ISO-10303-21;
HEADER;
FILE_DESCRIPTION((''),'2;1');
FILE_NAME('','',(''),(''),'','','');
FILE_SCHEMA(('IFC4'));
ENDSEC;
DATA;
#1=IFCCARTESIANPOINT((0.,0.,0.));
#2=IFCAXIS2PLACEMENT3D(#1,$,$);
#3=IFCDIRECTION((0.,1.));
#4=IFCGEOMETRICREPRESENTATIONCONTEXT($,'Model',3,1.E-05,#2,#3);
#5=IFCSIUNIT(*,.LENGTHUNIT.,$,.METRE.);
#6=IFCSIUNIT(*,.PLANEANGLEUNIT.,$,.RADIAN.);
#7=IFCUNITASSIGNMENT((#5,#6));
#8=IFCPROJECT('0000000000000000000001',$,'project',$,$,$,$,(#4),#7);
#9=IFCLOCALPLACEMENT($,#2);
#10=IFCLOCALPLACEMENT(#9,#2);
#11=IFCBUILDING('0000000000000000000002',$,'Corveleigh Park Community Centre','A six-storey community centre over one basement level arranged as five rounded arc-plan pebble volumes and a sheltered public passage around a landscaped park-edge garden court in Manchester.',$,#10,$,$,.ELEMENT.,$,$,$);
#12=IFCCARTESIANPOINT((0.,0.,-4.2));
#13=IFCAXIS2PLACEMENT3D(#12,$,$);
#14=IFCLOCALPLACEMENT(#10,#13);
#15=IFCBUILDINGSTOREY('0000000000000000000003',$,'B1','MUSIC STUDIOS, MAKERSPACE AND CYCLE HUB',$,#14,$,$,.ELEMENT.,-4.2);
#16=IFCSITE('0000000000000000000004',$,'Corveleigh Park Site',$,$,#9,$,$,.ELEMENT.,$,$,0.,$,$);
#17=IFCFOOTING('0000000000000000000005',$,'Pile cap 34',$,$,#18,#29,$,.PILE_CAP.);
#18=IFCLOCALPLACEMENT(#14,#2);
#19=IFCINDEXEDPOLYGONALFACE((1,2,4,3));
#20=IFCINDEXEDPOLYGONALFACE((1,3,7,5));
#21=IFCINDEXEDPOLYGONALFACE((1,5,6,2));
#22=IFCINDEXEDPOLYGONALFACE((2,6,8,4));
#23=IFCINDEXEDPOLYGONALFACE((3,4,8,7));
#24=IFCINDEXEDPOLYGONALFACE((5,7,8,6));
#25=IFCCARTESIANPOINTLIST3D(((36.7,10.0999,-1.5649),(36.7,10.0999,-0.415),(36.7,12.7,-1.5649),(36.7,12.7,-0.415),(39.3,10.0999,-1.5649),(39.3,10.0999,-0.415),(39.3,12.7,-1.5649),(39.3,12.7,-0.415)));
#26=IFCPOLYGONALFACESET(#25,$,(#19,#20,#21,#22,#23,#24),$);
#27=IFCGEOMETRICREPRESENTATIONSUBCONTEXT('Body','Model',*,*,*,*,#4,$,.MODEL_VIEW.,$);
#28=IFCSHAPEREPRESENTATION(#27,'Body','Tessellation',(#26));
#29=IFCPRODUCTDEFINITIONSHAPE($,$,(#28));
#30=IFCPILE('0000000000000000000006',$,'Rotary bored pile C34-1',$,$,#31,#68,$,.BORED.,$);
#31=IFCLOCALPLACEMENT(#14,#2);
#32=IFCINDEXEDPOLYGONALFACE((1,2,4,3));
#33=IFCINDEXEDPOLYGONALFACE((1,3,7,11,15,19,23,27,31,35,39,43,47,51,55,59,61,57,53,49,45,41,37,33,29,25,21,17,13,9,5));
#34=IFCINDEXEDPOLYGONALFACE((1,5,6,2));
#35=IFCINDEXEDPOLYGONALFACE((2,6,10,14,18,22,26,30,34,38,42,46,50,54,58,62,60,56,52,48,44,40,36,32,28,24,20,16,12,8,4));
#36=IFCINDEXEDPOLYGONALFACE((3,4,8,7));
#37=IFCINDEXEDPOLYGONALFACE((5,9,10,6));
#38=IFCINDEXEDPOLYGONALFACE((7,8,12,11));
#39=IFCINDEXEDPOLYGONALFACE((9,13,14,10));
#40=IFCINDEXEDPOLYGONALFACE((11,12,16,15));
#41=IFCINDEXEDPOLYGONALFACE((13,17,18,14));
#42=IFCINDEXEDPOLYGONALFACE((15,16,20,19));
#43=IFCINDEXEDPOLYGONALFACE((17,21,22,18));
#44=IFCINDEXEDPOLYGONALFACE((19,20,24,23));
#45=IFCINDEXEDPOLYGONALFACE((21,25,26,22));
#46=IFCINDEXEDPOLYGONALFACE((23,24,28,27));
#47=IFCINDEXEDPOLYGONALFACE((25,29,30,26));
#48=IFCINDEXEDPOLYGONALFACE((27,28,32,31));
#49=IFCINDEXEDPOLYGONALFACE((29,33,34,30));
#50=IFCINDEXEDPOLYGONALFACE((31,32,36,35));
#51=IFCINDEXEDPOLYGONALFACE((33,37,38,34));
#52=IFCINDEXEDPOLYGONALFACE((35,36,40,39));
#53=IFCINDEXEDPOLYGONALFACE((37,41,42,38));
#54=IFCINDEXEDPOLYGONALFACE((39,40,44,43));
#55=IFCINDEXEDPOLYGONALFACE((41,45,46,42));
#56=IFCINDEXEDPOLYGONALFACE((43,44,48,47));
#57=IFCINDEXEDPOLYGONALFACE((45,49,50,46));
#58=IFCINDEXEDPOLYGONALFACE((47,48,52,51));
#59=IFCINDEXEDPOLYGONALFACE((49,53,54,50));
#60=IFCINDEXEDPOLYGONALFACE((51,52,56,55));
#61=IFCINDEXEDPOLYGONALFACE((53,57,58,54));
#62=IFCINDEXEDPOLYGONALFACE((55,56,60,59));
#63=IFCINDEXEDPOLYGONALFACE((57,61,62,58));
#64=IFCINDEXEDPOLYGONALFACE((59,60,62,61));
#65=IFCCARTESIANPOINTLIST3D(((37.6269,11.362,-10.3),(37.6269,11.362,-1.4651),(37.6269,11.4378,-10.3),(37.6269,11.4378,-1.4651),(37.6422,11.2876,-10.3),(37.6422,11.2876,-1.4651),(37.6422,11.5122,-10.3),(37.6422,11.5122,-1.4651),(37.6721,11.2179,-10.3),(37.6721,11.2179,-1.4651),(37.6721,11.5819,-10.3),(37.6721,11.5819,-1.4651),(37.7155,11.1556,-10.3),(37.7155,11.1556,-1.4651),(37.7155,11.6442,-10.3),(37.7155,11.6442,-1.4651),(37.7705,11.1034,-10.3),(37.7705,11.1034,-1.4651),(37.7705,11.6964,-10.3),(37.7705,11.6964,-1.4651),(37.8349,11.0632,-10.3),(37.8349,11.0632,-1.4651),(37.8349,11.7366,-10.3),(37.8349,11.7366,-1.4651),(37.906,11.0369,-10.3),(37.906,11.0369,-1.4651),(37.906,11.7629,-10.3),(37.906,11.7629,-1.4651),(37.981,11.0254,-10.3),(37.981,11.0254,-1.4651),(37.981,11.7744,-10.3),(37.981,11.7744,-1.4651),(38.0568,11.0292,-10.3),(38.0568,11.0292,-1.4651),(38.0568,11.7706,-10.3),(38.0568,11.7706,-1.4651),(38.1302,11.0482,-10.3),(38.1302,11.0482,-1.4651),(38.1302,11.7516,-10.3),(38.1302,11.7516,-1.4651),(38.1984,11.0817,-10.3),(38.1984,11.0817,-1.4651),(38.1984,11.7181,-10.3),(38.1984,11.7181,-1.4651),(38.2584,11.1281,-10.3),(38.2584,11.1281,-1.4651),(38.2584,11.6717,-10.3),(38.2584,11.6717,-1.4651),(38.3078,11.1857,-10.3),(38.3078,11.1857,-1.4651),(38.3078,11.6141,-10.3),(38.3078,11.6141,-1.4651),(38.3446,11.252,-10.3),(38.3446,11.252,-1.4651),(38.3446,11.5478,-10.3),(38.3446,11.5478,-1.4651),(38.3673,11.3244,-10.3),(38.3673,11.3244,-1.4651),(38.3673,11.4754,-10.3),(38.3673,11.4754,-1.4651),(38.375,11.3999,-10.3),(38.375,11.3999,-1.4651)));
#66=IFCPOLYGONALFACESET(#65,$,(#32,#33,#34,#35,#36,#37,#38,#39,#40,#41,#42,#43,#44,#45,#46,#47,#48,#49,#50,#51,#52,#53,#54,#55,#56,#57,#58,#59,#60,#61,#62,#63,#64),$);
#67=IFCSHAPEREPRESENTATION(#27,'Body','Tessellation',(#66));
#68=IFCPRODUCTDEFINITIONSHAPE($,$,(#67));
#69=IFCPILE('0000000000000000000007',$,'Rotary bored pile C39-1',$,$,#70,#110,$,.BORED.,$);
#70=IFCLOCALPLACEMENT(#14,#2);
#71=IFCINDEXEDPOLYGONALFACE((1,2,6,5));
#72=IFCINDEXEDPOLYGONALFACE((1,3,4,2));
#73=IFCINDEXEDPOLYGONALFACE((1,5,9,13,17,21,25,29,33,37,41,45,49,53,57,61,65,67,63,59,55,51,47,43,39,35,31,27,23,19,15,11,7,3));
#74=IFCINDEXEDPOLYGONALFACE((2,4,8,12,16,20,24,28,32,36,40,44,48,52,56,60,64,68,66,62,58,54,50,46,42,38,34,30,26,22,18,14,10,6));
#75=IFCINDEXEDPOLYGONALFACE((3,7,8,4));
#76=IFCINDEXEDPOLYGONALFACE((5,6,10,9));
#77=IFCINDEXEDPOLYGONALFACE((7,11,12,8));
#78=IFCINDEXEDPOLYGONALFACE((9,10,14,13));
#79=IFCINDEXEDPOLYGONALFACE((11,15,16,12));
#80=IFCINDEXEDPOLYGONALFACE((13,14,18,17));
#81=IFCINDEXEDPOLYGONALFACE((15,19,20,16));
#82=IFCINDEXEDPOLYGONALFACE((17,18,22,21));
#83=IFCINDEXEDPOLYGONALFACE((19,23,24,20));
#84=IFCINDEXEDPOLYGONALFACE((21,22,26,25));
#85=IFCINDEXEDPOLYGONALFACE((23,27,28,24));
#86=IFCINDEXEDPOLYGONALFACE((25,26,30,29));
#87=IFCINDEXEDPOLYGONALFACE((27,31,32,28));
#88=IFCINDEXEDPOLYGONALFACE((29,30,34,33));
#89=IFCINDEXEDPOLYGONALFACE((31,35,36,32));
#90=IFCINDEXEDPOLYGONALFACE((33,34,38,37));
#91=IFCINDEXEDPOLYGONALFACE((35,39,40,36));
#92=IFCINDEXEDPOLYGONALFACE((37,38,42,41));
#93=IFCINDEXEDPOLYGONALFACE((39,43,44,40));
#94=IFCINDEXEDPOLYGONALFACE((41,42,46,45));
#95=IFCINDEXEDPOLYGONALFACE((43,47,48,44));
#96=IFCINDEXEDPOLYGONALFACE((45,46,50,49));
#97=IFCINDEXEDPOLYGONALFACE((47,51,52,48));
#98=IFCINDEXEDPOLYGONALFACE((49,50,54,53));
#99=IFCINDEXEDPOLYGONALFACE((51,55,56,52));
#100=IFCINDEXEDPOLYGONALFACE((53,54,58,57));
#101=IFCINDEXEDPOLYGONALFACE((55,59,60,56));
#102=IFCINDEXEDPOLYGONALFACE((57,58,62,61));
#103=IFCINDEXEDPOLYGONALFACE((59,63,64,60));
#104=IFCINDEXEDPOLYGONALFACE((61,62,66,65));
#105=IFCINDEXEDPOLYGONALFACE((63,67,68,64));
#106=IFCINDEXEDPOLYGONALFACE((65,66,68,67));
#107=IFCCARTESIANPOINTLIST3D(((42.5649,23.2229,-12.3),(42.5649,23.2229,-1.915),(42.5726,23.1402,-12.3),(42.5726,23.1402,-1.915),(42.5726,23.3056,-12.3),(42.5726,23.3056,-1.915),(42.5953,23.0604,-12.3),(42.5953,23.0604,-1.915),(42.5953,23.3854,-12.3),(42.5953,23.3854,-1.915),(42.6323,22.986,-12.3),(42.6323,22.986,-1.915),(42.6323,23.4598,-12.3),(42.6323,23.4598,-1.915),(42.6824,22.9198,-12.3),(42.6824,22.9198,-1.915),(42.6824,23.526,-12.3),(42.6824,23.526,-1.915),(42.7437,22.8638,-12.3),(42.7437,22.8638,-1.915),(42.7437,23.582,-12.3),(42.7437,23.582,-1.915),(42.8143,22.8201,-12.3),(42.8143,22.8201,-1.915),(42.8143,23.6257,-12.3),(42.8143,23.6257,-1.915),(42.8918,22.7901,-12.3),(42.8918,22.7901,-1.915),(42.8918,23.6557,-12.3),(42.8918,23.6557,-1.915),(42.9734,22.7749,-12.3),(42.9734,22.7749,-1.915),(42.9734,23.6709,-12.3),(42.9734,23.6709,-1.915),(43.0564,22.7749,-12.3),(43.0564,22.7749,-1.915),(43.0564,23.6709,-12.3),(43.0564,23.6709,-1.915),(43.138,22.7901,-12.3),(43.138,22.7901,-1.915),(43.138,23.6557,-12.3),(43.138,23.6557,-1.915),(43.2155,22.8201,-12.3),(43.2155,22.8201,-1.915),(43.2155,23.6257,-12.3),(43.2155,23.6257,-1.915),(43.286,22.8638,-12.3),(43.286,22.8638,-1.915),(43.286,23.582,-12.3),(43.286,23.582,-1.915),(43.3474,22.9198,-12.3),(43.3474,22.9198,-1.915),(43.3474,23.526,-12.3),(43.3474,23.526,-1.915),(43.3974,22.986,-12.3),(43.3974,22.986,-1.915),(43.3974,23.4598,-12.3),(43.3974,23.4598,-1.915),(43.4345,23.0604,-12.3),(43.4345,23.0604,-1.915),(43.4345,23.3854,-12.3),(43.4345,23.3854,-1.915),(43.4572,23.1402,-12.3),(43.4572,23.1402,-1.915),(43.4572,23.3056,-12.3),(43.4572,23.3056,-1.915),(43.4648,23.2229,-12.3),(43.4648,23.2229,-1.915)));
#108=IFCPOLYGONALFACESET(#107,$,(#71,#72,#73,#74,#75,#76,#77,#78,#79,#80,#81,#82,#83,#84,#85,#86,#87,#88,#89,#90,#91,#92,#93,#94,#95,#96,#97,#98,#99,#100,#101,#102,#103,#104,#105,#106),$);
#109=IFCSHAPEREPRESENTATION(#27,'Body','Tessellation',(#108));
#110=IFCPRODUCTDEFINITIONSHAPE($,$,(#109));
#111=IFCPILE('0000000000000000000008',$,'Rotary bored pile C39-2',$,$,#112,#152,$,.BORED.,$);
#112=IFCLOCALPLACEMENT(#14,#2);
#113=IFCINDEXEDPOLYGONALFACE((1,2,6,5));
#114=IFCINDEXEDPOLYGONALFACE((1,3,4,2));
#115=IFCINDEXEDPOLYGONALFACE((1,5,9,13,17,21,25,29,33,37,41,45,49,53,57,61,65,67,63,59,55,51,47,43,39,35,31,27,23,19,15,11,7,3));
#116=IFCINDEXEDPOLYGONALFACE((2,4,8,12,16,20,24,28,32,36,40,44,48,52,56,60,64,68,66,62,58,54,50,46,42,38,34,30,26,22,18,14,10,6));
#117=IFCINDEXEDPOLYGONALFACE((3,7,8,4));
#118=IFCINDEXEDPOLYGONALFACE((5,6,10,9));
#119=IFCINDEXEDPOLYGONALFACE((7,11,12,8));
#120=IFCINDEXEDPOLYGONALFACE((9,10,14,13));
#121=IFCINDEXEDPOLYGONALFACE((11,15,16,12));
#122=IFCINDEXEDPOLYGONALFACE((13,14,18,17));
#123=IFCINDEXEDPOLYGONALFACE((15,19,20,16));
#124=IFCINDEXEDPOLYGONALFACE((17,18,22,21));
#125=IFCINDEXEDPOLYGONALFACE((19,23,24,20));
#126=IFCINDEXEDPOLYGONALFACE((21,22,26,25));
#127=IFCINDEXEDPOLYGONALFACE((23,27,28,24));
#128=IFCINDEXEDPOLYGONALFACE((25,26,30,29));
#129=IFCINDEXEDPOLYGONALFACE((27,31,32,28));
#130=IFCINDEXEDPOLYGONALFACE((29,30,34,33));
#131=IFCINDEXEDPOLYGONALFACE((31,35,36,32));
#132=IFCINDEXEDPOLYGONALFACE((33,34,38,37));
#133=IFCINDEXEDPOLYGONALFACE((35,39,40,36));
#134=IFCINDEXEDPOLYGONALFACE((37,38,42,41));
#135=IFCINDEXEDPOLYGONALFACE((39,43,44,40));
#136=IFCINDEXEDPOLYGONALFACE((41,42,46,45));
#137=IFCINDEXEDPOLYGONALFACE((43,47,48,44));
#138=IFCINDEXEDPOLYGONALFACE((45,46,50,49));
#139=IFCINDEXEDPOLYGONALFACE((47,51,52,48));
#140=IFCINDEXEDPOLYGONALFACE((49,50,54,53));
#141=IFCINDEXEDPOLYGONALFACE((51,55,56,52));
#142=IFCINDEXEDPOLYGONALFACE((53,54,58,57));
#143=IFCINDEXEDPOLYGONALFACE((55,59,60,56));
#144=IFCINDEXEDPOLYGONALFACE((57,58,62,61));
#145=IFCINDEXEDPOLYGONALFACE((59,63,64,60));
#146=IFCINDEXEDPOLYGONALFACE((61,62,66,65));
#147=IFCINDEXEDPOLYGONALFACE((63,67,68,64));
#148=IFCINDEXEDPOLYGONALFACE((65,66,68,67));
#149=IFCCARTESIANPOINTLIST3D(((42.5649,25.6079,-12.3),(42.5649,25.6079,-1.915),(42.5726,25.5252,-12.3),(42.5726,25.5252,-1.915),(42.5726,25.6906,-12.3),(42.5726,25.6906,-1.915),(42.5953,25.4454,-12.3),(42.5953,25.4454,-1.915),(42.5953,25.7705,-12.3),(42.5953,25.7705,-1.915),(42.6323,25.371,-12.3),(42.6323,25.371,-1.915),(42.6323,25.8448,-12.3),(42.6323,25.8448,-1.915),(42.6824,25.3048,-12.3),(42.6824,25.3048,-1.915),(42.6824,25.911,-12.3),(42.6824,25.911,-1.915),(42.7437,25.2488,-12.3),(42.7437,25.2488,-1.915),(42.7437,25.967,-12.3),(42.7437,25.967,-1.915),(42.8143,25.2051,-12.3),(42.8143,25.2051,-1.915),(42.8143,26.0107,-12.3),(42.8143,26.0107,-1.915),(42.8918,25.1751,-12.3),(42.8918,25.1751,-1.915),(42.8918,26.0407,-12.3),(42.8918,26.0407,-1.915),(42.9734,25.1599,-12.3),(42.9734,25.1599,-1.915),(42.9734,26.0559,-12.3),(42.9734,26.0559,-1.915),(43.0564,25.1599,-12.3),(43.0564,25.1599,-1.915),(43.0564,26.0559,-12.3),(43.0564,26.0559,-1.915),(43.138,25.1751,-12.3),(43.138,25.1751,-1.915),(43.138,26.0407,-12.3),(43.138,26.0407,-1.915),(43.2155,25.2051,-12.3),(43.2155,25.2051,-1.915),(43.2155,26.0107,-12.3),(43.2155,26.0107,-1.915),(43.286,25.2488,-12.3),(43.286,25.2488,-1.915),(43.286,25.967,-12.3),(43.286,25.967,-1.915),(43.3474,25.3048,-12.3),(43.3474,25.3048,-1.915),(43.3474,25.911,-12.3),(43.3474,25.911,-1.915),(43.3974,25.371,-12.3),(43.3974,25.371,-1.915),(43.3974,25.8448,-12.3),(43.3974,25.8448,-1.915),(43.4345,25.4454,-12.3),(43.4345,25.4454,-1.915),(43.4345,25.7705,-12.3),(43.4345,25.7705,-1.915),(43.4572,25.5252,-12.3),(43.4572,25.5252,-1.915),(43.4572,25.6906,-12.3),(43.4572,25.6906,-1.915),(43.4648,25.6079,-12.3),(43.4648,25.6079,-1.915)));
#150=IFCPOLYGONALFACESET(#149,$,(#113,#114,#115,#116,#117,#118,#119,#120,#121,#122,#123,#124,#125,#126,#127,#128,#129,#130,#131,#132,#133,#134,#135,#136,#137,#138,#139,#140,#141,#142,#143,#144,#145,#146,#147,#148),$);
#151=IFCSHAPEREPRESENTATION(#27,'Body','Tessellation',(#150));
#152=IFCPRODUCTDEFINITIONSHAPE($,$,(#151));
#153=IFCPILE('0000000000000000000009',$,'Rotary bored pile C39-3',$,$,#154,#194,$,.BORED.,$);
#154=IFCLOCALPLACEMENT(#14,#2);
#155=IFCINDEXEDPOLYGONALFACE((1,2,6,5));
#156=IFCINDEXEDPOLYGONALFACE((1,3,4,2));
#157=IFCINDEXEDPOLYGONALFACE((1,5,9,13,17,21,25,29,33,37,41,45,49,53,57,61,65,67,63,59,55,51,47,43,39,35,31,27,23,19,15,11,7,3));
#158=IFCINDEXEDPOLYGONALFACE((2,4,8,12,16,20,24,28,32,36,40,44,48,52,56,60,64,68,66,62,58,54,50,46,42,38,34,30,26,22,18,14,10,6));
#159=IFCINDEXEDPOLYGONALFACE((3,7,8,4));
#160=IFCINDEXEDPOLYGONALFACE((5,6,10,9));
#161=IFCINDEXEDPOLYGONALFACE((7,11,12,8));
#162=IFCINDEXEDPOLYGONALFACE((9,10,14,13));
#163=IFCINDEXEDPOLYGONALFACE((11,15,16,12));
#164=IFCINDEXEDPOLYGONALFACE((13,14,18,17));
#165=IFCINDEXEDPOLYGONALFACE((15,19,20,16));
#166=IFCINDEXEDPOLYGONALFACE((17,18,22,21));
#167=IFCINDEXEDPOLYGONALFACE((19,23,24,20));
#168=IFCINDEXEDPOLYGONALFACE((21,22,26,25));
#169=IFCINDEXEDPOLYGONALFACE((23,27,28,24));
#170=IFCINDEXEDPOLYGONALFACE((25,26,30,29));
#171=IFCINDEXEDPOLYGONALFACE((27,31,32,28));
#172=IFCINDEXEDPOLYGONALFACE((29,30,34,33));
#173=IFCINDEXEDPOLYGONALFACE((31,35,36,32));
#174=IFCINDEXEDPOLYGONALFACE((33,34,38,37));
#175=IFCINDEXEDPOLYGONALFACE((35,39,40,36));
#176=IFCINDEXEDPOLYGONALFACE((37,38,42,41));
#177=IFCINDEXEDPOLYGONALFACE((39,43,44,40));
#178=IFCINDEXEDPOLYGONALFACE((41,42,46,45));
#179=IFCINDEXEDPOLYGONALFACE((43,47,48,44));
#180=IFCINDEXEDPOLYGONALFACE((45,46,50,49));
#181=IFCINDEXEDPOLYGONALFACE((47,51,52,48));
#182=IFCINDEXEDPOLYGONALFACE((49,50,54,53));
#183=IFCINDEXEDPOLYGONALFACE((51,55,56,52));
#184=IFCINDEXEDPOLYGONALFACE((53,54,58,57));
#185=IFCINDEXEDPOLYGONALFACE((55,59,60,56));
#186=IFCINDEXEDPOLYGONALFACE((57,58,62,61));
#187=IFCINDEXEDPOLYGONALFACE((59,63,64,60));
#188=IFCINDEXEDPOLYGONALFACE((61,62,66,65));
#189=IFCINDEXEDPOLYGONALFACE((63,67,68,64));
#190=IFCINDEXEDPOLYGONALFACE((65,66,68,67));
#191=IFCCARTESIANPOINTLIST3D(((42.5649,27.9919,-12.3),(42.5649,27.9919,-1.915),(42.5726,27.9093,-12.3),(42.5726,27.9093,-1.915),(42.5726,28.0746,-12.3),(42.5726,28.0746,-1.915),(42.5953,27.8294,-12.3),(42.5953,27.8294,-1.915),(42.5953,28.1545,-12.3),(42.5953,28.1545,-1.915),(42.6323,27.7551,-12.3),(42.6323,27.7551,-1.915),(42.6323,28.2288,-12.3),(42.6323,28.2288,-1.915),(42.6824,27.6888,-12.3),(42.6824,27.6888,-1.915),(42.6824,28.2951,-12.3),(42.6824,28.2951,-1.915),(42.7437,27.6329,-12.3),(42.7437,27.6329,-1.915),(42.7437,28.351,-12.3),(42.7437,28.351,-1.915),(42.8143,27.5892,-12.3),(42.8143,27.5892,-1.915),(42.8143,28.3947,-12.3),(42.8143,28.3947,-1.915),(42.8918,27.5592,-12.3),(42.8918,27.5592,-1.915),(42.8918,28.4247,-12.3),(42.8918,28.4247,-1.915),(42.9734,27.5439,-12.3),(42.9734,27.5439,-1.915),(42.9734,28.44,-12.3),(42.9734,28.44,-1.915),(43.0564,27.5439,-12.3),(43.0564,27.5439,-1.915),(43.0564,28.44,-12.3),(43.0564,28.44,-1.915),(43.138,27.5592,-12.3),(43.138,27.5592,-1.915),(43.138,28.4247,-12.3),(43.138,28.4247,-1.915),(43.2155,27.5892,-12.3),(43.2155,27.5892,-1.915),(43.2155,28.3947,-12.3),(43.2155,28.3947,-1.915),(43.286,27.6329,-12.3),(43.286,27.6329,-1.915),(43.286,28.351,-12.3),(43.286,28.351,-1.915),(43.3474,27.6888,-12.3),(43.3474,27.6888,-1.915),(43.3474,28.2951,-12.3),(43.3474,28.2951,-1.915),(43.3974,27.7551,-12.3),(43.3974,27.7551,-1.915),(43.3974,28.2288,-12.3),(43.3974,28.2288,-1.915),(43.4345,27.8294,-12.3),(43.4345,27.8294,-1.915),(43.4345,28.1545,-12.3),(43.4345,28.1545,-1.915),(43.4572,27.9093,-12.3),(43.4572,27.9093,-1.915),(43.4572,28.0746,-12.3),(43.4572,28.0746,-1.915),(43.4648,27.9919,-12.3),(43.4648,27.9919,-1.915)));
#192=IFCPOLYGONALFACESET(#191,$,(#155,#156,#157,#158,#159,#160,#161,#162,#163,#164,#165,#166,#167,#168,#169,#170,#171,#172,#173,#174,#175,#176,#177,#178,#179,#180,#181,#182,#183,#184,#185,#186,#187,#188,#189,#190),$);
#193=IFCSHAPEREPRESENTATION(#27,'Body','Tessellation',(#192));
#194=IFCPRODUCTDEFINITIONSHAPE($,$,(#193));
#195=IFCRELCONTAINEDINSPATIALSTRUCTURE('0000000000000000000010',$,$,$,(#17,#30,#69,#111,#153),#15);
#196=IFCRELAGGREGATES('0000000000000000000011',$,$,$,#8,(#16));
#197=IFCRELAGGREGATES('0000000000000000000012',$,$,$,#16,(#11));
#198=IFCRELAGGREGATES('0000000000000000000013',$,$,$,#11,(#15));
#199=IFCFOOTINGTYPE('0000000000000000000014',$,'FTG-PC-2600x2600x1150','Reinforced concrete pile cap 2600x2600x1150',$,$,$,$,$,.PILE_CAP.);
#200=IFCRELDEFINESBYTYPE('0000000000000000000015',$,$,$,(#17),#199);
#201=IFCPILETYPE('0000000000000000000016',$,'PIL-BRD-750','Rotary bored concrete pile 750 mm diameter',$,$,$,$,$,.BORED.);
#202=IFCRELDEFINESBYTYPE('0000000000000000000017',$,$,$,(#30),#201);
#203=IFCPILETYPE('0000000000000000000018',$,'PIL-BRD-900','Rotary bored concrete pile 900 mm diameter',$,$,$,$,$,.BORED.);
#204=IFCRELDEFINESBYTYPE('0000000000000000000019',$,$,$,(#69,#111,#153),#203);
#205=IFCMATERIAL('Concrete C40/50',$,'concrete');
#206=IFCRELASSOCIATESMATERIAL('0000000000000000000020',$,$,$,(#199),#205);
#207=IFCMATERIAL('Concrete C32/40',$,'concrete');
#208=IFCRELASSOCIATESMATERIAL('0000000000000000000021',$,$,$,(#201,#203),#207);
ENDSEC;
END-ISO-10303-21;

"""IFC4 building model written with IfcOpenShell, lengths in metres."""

from ifc_helpers import new_model, si_unit, direction, frame, origin, origin_2d, place, context, subcontext, project, spatial, rectangle, circle, extrude, material, material_profile, profile_set, type_object, element, save


model = new_model("IFC4")

# Units and contexts
model_context = context("Model", 3, precision=1e-05, world=origin(), true_north=direction((0.0, 1.0)))
body_context = subcontext(model_context, "Body", "Model", "MODEL_VIEW")
ifc_project = project(units=[si_unit("LENGTHUNIT", "METRE"), si_unit("PLANEANGLEUNIT", "RADIAN")], contexts=[model_context])

# Site, building, storey
site_placement = place(None, origin())
site = spatial("IfcSite", under=ifc_project, at=site_placement, Name="Corveleigh Park Site", CompositionType="ELEMENT", RefElevation=0.0)
building_placement = place(site_placement, origin())
building = spatial("IfcBuilding", under=site, at=building_placement, Name="Corveleigh Park Community Centre", Description="A six-storey community centre over one basement level arranged as five rounded arc-plan pebble volumes and a sheltered public passage around a landscaped park-edge garden court in Manchester.", CompositionType="ELEMENT")
storey_placement = place(building_placement, frame((0.0, 0.0, -4.2)))
storey = spatial("IfcBuildingStorey", under=building, at=storey_placement, Name="B1", Description="MUSIC STUDIOS, MAKERSPACE AND CYCLE HUB", CompositionType="ELEMENT", Elevation=-4.2)

# Footing
ifc_material_1 = material(Name="Concrete C40/50", Category="concrete")
footing_type = type_object("IfcFootingType", Name="FTG-PC-2600x2600x1150", Description="Reinforced concrete pile cap 2600x2600x1150", PredefinedType="PILE_CAP", material=ifc_material_1)
footing_placement = place(storey_placement, frame((38.0, 11.3999, -1.5649), z_axis=(0.0, 0.0, 1.0), x_axis=(1.0, 0.0, 0.0)))
element("IfcFooting", 1, at=footing_placement, inside=storey, type_object=footing_type, Name="Pile cap 34", PredefinedType="PILE_CAP", context=body_context, shape_type="SweptSolid", body=[
    extrude(rectangle(XDim=2.6001, YDim=2.6001, at=origin_2d()), origin(), (0.0, 0.0, 1.0), 1.1499),
])

# Piles
ifc_material_2 = material(Name="Concrete C32/40", Category="concrete")
ifc_material_profile_1 = material_profile(ifc_material_2, circle(Radius=0.375, at=origin_2d()), Name="BORED-PILE-750", Category="concrete")
ifc_profile_set_1 = profile_set([ifc_material_profile_1], Name="Concrete C32/40")
pile_type_1 = type_object("IfcPileType", Name="PIL-BRD-750", Description="Rotary bored concrete pile 750 mm diameter", PredefinedType="BORED", material=ifc_profile_set_1)
pile_placement = place(storey_placement, frame((38.0, 11.3999, -1.4651), z_axis=(0.0, 0.0, -1.0), x_axis=(1.0, 0.0, 0.0)))
element("IfcPile", 2, at=pile_placement, inside=storey, type_object=pile_type_1, Name="Rotary bored pile C34-1", PredefinedType="BORED", context=body_context, shape_type="SweptSolid", body=[
    extrude(circle(Radius=0.375, at=origin_2d()), origin(), (0.0, 0.0, 1.0), 8.835),
])
ifc_material_profile_2 = material_profile(ifc_material_2, circle(Radius=0.45, at=origin_2d()), Name="BORED-PILE-900", Category="concrete")
ifc_profile_set_2 = profile_set([ifc_material_profile_2], Name="Concrete C32/40")
pile_type_2 = type_object("IfcPileType", Name="PIL-BRD-900", Description="Rotary bored concrete pile 900 mm diameter", PredefinedType="BORED", material=ifc_profile_set_2)
for number, where, z_axis, x_axis, name in (
    (3, (43.0149, 23.2229, -1.915), (0.0, 0.0, -1.0), (1.0, 0.0, 0.0), "Rotary bored pile C39-1"),
    (4, (43.0149, 25.6079, -1.915), (0.0, 0.0, -1.0), (1.0, 0.0, 0.0), "Rotary bored pile C39-2"),
    (5, (43.0149, 27.9919, -1.915), (0.0, 0.0, -1.0), (1.0, 0.0, 0.0), "Rotary bored pile C39-3"),
):
    element("IfcPile", number, at=place(storey_placement, frame(where, z_axis=z_axis, x_axis=x_axis)), inside=storey, type_object=pile_type_2, Name=name, PredefinedType="BORED", context=body_context, shape_type="SweptSolid", body=[
        extrude(circle(Radius=0.45, at=origin_2d()), origin(), (0.0, 0.0, 1.0), 10.385),
    ])

save(model, "model.ifc")
